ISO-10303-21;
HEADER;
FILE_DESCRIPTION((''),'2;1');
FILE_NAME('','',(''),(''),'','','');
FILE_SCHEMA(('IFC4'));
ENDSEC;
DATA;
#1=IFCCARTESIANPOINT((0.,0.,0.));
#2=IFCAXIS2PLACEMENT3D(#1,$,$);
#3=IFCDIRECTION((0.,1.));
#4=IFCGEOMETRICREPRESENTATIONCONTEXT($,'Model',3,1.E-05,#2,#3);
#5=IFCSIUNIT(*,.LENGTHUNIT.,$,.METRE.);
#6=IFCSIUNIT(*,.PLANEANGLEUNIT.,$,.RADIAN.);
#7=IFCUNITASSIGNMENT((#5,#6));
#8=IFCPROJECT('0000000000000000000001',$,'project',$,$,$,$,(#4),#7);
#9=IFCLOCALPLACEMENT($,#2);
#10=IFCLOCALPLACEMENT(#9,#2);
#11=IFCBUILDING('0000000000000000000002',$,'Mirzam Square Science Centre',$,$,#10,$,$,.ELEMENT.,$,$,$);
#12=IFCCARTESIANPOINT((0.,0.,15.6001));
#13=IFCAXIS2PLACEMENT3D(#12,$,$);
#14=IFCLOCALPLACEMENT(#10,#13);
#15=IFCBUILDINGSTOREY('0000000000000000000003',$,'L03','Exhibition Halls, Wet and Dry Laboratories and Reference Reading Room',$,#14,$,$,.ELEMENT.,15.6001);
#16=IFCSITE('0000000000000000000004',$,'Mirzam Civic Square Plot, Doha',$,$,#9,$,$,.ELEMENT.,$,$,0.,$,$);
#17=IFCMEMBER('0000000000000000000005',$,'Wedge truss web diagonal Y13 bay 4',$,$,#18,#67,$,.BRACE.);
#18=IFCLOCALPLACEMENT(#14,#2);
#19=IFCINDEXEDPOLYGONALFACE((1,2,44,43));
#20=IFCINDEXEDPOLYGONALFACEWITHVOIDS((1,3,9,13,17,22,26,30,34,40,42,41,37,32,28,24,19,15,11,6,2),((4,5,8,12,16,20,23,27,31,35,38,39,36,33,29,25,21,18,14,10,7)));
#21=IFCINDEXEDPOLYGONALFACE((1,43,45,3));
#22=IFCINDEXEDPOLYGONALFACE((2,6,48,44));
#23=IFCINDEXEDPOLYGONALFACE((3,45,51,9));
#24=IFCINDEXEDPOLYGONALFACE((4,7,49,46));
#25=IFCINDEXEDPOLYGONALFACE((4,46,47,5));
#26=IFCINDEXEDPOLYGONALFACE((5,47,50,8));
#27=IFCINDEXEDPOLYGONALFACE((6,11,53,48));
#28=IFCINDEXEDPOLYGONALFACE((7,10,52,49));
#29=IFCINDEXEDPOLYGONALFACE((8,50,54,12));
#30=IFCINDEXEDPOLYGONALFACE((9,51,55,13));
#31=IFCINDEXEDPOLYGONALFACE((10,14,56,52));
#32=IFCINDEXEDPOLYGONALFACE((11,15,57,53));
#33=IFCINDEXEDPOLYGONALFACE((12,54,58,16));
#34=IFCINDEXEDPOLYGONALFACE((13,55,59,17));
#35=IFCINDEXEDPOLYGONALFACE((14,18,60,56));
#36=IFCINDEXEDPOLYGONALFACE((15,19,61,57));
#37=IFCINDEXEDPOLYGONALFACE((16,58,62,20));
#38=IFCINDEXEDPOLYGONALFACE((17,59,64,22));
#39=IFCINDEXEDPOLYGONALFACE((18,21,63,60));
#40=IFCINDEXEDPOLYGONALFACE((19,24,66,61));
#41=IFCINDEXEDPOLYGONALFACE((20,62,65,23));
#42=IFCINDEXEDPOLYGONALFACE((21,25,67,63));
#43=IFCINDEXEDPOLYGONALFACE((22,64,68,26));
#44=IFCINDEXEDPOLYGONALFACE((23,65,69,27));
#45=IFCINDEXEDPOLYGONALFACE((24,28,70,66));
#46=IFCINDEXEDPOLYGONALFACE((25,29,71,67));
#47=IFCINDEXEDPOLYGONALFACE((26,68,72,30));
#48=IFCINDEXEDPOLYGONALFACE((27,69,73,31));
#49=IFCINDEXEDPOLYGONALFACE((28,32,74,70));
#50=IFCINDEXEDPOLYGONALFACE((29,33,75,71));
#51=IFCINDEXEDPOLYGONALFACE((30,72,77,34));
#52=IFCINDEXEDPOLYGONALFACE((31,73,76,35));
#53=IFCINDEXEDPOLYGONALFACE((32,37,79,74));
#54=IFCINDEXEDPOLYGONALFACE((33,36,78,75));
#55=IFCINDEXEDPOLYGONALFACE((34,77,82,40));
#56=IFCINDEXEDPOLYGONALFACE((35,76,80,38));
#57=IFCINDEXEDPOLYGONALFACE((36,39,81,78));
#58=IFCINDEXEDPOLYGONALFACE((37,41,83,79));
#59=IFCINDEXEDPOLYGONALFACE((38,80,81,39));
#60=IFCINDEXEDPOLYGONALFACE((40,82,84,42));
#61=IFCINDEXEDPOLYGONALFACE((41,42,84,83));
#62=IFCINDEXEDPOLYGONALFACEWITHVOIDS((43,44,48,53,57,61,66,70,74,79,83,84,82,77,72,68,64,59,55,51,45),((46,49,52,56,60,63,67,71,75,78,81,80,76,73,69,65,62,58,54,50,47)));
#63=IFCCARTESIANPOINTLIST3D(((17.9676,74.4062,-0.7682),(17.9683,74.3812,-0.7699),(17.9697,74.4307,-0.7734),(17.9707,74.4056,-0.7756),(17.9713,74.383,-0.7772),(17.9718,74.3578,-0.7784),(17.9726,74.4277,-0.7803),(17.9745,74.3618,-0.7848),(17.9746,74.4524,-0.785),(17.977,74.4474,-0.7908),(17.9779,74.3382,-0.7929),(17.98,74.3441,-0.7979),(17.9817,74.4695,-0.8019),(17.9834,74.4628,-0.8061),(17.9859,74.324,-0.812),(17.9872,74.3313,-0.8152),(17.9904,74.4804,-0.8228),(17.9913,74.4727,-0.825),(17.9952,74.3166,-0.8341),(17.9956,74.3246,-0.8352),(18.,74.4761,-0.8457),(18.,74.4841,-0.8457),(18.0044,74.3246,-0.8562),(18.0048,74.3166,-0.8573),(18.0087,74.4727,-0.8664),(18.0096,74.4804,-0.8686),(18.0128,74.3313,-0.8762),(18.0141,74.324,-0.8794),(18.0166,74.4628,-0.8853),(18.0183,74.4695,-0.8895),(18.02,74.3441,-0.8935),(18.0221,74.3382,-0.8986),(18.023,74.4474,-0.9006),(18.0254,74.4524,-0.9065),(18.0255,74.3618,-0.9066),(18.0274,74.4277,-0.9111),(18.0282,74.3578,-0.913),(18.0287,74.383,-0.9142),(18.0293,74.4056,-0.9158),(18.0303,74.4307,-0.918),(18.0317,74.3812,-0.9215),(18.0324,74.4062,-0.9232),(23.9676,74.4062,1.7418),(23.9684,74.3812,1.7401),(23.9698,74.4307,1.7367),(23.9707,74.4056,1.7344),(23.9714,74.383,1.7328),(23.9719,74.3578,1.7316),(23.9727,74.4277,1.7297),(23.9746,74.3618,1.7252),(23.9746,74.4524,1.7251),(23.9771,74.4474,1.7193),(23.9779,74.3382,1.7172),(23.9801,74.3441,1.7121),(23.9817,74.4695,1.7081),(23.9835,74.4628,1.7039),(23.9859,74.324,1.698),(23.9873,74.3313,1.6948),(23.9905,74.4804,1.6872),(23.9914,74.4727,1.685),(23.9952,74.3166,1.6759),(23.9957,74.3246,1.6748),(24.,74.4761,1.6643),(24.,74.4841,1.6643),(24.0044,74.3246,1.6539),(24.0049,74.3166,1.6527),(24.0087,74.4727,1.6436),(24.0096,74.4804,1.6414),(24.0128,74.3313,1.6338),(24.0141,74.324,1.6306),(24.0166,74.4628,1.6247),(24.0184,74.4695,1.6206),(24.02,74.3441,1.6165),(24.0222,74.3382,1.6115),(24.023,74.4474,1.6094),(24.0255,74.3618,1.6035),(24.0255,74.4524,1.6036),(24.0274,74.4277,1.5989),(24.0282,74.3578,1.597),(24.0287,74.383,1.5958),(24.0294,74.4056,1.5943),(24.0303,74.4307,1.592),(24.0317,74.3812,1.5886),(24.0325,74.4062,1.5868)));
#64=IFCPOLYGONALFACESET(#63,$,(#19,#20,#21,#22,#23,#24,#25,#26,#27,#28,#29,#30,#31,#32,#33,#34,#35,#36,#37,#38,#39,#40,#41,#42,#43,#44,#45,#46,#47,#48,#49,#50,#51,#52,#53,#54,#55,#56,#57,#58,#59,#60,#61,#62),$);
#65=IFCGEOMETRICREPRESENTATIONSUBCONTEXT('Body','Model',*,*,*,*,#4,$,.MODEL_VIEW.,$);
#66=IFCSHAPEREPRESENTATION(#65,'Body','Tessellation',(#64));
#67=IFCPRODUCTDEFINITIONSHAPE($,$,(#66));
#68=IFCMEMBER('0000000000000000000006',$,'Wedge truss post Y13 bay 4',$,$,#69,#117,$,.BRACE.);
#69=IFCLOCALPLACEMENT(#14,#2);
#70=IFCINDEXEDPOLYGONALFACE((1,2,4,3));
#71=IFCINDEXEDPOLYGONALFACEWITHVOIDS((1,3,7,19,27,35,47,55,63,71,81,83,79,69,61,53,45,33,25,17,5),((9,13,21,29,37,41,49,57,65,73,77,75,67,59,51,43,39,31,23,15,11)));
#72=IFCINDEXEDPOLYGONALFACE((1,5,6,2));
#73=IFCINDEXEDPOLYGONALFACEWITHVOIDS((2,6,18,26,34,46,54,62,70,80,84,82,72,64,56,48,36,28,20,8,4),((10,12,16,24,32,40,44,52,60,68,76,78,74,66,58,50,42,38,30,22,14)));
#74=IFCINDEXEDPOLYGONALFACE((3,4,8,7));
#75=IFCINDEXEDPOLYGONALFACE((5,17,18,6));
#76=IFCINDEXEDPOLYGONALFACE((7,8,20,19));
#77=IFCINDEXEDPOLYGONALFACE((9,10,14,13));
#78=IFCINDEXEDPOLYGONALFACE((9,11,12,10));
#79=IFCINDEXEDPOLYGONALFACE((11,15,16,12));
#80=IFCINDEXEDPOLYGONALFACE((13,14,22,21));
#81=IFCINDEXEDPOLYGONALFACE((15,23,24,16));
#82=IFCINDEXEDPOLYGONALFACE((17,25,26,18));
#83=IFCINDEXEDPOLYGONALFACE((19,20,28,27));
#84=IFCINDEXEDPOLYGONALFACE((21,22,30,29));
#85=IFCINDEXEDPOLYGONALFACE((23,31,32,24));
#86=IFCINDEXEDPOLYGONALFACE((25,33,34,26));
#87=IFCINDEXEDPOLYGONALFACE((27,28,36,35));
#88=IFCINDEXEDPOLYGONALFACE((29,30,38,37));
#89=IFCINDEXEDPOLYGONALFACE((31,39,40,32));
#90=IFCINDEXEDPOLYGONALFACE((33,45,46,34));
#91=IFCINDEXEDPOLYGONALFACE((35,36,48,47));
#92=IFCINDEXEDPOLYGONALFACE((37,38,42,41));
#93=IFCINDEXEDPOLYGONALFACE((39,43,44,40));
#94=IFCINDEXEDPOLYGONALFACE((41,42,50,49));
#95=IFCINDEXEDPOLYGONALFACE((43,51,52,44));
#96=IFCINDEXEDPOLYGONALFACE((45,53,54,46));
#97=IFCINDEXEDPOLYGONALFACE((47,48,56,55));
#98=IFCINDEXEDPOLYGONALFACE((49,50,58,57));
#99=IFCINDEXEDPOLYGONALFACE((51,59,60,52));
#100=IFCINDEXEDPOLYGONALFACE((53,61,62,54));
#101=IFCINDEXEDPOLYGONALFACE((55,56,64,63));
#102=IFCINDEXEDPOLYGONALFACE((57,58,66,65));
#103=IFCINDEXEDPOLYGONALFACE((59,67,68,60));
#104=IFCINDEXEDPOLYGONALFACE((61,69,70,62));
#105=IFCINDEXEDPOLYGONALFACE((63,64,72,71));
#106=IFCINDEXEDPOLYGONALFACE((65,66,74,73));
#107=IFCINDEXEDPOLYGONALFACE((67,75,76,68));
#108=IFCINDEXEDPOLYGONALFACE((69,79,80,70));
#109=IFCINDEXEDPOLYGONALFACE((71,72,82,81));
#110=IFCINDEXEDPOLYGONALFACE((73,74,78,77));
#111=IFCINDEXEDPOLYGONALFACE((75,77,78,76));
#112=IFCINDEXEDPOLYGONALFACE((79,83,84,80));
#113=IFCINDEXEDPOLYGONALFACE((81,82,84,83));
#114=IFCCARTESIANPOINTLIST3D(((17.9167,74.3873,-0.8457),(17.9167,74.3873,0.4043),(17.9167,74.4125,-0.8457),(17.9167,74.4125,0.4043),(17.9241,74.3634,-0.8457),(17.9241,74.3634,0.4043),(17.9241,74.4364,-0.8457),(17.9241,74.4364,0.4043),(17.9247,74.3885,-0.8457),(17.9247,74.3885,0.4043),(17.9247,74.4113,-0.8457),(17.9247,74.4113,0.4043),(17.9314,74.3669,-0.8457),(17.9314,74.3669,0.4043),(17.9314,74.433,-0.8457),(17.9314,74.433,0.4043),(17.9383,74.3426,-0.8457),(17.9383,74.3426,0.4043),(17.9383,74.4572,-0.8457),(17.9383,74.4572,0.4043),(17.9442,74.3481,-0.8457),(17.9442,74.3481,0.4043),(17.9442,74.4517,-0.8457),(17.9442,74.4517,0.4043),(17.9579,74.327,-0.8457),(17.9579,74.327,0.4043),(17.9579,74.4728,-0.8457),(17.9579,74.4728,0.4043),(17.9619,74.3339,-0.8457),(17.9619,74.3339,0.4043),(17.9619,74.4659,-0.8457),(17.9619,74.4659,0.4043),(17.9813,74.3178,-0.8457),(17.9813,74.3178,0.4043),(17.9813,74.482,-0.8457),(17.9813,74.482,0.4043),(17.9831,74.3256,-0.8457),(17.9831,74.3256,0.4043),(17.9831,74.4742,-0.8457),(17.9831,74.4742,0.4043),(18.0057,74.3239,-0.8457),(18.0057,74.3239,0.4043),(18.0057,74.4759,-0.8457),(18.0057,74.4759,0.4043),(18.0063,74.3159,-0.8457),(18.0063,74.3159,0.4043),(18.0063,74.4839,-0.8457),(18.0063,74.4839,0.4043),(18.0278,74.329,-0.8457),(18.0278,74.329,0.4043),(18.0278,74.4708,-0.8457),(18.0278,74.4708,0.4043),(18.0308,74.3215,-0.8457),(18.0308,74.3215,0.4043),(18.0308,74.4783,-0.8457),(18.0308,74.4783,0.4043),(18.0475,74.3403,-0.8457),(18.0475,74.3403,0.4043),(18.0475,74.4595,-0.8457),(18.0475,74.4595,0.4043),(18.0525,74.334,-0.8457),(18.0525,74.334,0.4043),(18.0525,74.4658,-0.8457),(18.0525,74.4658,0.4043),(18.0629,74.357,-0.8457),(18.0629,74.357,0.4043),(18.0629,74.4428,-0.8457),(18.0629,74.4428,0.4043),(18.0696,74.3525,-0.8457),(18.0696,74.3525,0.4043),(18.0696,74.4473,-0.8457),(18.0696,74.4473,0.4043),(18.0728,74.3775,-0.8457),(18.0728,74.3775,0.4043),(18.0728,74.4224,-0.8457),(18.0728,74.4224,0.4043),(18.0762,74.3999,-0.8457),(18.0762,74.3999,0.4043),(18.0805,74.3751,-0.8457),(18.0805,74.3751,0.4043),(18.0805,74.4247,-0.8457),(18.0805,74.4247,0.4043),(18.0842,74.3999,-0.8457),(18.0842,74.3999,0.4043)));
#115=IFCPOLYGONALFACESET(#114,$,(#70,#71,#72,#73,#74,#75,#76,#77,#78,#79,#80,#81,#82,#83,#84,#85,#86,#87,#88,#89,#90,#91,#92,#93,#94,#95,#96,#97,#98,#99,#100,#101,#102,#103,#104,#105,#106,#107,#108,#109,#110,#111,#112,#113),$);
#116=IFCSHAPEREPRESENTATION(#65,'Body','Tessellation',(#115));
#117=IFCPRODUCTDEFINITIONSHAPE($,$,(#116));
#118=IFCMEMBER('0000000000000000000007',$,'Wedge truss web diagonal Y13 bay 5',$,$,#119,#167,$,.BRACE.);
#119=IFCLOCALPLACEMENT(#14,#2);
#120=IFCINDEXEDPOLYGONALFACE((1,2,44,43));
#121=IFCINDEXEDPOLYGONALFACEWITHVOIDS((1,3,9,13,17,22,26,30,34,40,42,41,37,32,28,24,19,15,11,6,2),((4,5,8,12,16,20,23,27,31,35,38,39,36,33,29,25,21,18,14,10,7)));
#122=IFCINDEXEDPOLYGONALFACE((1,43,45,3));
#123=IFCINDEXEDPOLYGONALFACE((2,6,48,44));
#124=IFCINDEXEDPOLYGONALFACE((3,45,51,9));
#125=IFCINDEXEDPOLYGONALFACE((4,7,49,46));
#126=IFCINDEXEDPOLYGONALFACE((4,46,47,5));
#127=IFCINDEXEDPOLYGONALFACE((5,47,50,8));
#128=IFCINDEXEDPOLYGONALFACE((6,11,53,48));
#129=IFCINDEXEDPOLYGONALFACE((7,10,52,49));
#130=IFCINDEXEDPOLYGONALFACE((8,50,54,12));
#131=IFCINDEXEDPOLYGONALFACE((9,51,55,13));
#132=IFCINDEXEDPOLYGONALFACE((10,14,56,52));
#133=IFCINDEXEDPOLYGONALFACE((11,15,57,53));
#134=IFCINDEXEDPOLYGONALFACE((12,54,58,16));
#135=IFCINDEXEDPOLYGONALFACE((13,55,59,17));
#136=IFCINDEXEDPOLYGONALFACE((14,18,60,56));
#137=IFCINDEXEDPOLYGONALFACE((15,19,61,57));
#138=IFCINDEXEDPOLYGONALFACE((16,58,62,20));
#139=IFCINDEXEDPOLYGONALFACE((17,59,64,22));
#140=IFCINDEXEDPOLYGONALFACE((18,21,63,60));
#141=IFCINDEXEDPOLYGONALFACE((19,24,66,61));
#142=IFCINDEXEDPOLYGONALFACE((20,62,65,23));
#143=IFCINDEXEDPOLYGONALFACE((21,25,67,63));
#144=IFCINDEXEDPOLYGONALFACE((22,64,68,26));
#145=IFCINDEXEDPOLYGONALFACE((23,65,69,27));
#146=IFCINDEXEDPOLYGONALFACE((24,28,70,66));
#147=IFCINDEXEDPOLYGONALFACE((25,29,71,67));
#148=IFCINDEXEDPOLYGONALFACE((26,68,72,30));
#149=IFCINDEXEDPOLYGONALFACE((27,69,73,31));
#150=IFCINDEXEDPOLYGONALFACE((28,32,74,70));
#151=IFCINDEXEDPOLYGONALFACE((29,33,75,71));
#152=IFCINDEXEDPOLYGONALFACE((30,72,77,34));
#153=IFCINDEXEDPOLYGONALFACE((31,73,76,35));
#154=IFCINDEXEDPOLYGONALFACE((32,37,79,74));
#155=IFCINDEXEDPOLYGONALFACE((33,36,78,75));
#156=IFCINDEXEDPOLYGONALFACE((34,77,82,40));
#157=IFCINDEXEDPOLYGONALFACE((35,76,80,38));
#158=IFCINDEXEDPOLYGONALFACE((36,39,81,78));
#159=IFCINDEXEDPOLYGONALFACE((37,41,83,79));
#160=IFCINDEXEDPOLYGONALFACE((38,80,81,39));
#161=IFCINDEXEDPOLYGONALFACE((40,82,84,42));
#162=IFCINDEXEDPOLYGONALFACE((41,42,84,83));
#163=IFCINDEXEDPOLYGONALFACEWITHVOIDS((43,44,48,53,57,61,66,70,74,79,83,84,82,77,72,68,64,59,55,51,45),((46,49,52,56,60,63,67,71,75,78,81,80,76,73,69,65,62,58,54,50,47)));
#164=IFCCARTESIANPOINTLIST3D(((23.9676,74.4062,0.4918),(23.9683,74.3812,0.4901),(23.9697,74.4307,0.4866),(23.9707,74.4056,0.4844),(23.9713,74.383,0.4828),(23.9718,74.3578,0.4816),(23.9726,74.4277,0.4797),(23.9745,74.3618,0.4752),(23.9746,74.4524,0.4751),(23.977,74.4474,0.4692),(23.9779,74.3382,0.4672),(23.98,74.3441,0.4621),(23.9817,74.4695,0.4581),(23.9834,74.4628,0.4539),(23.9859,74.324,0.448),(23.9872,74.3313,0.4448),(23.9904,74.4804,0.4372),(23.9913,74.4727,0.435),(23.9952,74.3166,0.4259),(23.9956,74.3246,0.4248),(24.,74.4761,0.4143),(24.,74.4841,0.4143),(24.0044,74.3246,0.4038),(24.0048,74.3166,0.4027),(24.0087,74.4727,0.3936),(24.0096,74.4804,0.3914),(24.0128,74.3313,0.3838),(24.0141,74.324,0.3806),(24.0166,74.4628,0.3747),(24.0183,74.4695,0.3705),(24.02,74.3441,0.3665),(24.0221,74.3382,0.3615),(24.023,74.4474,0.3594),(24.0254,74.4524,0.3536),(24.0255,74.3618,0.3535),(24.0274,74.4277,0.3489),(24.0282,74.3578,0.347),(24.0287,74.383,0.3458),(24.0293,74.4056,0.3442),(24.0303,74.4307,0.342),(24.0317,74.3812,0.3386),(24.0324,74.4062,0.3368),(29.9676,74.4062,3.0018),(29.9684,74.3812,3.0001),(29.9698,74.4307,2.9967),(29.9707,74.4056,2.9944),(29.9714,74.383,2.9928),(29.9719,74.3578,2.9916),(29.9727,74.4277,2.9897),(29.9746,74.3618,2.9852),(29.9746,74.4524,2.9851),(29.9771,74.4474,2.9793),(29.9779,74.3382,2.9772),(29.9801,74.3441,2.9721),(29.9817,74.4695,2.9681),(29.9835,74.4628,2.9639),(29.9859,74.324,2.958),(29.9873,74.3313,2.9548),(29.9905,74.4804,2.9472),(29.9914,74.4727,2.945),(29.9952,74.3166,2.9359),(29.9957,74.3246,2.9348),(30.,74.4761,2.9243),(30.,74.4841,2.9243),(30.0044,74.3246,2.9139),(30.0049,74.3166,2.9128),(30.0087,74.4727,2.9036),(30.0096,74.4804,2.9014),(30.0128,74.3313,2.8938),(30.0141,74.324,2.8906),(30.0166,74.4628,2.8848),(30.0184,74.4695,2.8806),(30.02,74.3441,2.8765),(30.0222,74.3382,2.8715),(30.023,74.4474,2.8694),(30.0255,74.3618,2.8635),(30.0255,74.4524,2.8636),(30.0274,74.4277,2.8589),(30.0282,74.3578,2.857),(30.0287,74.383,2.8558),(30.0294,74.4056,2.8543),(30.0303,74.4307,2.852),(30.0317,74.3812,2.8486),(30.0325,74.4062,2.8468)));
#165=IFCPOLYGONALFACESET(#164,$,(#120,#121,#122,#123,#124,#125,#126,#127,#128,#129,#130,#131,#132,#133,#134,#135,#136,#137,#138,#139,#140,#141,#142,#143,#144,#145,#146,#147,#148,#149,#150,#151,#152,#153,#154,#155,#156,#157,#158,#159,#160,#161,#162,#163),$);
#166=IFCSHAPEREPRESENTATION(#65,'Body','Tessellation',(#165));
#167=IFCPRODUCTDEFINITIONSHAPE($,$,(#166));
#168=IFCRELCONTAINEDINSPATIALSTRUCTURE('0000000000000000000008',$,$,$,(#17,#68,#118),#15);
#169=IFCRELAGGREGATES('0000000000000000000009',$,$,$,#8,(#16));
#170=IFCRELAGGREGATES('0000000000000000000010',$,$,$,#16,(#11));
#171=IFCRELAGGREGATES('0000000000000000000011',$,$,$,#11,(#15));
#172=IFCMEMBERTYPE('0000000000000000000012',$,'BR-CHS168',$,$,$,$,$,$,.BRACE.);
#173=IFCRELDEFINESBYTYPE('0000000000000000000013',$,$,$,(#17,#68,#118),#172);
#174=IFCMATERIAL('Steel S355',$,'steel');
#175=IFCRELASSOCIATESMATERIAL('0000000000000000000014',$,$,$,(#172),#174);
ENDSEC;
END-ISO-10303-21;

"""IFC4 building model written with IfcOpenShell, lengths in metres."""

from ifc_helpers import new_model, si_unit, direction, frame, origin, origin_2d, place, context, subcontext, project, spatial, hollow_circle, extrude, material, material_profile, profile_set, type_object, element, save


model = new_model("IFC4")

# Units and contexts
model_context = context("Model", 3, precision=1e-05, world=origin(), true_north=direction((0.0, 1.0)))
body_context = subcontext(model_context, "Body", "Model", "MODEL_VIEW")
ifc_project = project(units=[si_unit("LENGTHUNIT", "METRE"), si_unit("PLANEANGLEUNIT", "RADIAN")], contexts=[model_context])

# Site, building, storey
site_placement = place(None, origin())
site = spatial("IfcSite", under=ifc_project, at=site_placement, Name="Mirzam Civic Square Plot, Doha", CompositionType="ELEMENT", RefElevation=0.0)
building_placement = place(site_placement, origin())
building = spatial("IfcBuilding", under=site, at=building_placement, Name="Mirzam Square Science Centre", CompositionType="ELEMENT")
storey_placement = place(building_placement, frame((0.0, 0.0, 15.6001)))
storey = spatial("IfcBuildingStorey", under=building, at=storey_placement, Name="L03", Description="Exhibition Halls, Wet and Dry Laboratories and Reference Reading Room", CompositionType="ELEMENT", Elevation=15.6001)

# Shared definitions
ifc_material_1 = material(Name="Steel S355", Category="steel")

# Members
ifc_material_profile_1 = material_profile(ifc_material_1, hollow_circle(Radius=0.0842, WallThickness=0.0081, at=origin_2d()), Name="168.3x8.0CHS")
ifc_profile_set_1 = profile_set([ifc_material_profile_1], Name="Steel S355")
member_type_1 = type_object("IfcMemberType", Name="BR-CHS168", PredefinedType="BRACE", material=ifc_profile_set_1)
member_1_placement = place(storey_placement, frame((18.0, 74.3999, -0.8457), z_axis=(0.92253, 0.0, 0.385926), x_axis=(0.0, 1.0, 0.0)))
element("IfcMember", 1, at=member_1_placement, inside=storey, type_object=member_type_1, Name="Wedge truss web diagonal Y13 bay 4", PredefinedType="BRACE", context=body_context, shape_type="SweptSolid", body=[
    extrude(hollow_circle(Radius=0.0842, WallThickness=0.0081, at=origin_2d()), origin(), (0.0, 0.0, 1.0), 6.5039),
])
member_2_placement = place(storey_placement, frame((18.0, 74.3999, -0.8457), z_axis=(0.0, 0.0, 1.0), x_axis=(1.0, 0.0, 0.0)))
element("IfcMember", 2, at=member_2_placement, inside=storey, type_object=member_type_1, Name="Wedge truss post Y13 bay 4", PredefinedType="BRACE", context=body_context, shape_type="SweptSolid", body=[
    extrude(hollow_circle(Radius=0.0842, WallThickness=0.0081, at=origin_2d()), origin(), (0.0, 0.0, 1.0), 1.25),
])
member_3_placement = place(storey_placement, frame((24.0, 74.3999, 0.4143), z_axis=(0.92253, 0.0, 0.385926), x_axis=(0.0, 1.0, 0.0)))
element("IfcMember", 3, at=member_3_placement, inside=storey, type_object=member_type_1, Name="Wedge truss web diagonal Y13 bay 5", PredefinedType="BRACE", context=body_context, shape_type="SweptSolid", body=[
    extrude(hollow_circle(Radius=0.0842, WallThickness=0.0081, at=origin_2d()), origin(), (0.0, 0.0, 1.0), 6.5039),
])

save(model, "model.ifc")
